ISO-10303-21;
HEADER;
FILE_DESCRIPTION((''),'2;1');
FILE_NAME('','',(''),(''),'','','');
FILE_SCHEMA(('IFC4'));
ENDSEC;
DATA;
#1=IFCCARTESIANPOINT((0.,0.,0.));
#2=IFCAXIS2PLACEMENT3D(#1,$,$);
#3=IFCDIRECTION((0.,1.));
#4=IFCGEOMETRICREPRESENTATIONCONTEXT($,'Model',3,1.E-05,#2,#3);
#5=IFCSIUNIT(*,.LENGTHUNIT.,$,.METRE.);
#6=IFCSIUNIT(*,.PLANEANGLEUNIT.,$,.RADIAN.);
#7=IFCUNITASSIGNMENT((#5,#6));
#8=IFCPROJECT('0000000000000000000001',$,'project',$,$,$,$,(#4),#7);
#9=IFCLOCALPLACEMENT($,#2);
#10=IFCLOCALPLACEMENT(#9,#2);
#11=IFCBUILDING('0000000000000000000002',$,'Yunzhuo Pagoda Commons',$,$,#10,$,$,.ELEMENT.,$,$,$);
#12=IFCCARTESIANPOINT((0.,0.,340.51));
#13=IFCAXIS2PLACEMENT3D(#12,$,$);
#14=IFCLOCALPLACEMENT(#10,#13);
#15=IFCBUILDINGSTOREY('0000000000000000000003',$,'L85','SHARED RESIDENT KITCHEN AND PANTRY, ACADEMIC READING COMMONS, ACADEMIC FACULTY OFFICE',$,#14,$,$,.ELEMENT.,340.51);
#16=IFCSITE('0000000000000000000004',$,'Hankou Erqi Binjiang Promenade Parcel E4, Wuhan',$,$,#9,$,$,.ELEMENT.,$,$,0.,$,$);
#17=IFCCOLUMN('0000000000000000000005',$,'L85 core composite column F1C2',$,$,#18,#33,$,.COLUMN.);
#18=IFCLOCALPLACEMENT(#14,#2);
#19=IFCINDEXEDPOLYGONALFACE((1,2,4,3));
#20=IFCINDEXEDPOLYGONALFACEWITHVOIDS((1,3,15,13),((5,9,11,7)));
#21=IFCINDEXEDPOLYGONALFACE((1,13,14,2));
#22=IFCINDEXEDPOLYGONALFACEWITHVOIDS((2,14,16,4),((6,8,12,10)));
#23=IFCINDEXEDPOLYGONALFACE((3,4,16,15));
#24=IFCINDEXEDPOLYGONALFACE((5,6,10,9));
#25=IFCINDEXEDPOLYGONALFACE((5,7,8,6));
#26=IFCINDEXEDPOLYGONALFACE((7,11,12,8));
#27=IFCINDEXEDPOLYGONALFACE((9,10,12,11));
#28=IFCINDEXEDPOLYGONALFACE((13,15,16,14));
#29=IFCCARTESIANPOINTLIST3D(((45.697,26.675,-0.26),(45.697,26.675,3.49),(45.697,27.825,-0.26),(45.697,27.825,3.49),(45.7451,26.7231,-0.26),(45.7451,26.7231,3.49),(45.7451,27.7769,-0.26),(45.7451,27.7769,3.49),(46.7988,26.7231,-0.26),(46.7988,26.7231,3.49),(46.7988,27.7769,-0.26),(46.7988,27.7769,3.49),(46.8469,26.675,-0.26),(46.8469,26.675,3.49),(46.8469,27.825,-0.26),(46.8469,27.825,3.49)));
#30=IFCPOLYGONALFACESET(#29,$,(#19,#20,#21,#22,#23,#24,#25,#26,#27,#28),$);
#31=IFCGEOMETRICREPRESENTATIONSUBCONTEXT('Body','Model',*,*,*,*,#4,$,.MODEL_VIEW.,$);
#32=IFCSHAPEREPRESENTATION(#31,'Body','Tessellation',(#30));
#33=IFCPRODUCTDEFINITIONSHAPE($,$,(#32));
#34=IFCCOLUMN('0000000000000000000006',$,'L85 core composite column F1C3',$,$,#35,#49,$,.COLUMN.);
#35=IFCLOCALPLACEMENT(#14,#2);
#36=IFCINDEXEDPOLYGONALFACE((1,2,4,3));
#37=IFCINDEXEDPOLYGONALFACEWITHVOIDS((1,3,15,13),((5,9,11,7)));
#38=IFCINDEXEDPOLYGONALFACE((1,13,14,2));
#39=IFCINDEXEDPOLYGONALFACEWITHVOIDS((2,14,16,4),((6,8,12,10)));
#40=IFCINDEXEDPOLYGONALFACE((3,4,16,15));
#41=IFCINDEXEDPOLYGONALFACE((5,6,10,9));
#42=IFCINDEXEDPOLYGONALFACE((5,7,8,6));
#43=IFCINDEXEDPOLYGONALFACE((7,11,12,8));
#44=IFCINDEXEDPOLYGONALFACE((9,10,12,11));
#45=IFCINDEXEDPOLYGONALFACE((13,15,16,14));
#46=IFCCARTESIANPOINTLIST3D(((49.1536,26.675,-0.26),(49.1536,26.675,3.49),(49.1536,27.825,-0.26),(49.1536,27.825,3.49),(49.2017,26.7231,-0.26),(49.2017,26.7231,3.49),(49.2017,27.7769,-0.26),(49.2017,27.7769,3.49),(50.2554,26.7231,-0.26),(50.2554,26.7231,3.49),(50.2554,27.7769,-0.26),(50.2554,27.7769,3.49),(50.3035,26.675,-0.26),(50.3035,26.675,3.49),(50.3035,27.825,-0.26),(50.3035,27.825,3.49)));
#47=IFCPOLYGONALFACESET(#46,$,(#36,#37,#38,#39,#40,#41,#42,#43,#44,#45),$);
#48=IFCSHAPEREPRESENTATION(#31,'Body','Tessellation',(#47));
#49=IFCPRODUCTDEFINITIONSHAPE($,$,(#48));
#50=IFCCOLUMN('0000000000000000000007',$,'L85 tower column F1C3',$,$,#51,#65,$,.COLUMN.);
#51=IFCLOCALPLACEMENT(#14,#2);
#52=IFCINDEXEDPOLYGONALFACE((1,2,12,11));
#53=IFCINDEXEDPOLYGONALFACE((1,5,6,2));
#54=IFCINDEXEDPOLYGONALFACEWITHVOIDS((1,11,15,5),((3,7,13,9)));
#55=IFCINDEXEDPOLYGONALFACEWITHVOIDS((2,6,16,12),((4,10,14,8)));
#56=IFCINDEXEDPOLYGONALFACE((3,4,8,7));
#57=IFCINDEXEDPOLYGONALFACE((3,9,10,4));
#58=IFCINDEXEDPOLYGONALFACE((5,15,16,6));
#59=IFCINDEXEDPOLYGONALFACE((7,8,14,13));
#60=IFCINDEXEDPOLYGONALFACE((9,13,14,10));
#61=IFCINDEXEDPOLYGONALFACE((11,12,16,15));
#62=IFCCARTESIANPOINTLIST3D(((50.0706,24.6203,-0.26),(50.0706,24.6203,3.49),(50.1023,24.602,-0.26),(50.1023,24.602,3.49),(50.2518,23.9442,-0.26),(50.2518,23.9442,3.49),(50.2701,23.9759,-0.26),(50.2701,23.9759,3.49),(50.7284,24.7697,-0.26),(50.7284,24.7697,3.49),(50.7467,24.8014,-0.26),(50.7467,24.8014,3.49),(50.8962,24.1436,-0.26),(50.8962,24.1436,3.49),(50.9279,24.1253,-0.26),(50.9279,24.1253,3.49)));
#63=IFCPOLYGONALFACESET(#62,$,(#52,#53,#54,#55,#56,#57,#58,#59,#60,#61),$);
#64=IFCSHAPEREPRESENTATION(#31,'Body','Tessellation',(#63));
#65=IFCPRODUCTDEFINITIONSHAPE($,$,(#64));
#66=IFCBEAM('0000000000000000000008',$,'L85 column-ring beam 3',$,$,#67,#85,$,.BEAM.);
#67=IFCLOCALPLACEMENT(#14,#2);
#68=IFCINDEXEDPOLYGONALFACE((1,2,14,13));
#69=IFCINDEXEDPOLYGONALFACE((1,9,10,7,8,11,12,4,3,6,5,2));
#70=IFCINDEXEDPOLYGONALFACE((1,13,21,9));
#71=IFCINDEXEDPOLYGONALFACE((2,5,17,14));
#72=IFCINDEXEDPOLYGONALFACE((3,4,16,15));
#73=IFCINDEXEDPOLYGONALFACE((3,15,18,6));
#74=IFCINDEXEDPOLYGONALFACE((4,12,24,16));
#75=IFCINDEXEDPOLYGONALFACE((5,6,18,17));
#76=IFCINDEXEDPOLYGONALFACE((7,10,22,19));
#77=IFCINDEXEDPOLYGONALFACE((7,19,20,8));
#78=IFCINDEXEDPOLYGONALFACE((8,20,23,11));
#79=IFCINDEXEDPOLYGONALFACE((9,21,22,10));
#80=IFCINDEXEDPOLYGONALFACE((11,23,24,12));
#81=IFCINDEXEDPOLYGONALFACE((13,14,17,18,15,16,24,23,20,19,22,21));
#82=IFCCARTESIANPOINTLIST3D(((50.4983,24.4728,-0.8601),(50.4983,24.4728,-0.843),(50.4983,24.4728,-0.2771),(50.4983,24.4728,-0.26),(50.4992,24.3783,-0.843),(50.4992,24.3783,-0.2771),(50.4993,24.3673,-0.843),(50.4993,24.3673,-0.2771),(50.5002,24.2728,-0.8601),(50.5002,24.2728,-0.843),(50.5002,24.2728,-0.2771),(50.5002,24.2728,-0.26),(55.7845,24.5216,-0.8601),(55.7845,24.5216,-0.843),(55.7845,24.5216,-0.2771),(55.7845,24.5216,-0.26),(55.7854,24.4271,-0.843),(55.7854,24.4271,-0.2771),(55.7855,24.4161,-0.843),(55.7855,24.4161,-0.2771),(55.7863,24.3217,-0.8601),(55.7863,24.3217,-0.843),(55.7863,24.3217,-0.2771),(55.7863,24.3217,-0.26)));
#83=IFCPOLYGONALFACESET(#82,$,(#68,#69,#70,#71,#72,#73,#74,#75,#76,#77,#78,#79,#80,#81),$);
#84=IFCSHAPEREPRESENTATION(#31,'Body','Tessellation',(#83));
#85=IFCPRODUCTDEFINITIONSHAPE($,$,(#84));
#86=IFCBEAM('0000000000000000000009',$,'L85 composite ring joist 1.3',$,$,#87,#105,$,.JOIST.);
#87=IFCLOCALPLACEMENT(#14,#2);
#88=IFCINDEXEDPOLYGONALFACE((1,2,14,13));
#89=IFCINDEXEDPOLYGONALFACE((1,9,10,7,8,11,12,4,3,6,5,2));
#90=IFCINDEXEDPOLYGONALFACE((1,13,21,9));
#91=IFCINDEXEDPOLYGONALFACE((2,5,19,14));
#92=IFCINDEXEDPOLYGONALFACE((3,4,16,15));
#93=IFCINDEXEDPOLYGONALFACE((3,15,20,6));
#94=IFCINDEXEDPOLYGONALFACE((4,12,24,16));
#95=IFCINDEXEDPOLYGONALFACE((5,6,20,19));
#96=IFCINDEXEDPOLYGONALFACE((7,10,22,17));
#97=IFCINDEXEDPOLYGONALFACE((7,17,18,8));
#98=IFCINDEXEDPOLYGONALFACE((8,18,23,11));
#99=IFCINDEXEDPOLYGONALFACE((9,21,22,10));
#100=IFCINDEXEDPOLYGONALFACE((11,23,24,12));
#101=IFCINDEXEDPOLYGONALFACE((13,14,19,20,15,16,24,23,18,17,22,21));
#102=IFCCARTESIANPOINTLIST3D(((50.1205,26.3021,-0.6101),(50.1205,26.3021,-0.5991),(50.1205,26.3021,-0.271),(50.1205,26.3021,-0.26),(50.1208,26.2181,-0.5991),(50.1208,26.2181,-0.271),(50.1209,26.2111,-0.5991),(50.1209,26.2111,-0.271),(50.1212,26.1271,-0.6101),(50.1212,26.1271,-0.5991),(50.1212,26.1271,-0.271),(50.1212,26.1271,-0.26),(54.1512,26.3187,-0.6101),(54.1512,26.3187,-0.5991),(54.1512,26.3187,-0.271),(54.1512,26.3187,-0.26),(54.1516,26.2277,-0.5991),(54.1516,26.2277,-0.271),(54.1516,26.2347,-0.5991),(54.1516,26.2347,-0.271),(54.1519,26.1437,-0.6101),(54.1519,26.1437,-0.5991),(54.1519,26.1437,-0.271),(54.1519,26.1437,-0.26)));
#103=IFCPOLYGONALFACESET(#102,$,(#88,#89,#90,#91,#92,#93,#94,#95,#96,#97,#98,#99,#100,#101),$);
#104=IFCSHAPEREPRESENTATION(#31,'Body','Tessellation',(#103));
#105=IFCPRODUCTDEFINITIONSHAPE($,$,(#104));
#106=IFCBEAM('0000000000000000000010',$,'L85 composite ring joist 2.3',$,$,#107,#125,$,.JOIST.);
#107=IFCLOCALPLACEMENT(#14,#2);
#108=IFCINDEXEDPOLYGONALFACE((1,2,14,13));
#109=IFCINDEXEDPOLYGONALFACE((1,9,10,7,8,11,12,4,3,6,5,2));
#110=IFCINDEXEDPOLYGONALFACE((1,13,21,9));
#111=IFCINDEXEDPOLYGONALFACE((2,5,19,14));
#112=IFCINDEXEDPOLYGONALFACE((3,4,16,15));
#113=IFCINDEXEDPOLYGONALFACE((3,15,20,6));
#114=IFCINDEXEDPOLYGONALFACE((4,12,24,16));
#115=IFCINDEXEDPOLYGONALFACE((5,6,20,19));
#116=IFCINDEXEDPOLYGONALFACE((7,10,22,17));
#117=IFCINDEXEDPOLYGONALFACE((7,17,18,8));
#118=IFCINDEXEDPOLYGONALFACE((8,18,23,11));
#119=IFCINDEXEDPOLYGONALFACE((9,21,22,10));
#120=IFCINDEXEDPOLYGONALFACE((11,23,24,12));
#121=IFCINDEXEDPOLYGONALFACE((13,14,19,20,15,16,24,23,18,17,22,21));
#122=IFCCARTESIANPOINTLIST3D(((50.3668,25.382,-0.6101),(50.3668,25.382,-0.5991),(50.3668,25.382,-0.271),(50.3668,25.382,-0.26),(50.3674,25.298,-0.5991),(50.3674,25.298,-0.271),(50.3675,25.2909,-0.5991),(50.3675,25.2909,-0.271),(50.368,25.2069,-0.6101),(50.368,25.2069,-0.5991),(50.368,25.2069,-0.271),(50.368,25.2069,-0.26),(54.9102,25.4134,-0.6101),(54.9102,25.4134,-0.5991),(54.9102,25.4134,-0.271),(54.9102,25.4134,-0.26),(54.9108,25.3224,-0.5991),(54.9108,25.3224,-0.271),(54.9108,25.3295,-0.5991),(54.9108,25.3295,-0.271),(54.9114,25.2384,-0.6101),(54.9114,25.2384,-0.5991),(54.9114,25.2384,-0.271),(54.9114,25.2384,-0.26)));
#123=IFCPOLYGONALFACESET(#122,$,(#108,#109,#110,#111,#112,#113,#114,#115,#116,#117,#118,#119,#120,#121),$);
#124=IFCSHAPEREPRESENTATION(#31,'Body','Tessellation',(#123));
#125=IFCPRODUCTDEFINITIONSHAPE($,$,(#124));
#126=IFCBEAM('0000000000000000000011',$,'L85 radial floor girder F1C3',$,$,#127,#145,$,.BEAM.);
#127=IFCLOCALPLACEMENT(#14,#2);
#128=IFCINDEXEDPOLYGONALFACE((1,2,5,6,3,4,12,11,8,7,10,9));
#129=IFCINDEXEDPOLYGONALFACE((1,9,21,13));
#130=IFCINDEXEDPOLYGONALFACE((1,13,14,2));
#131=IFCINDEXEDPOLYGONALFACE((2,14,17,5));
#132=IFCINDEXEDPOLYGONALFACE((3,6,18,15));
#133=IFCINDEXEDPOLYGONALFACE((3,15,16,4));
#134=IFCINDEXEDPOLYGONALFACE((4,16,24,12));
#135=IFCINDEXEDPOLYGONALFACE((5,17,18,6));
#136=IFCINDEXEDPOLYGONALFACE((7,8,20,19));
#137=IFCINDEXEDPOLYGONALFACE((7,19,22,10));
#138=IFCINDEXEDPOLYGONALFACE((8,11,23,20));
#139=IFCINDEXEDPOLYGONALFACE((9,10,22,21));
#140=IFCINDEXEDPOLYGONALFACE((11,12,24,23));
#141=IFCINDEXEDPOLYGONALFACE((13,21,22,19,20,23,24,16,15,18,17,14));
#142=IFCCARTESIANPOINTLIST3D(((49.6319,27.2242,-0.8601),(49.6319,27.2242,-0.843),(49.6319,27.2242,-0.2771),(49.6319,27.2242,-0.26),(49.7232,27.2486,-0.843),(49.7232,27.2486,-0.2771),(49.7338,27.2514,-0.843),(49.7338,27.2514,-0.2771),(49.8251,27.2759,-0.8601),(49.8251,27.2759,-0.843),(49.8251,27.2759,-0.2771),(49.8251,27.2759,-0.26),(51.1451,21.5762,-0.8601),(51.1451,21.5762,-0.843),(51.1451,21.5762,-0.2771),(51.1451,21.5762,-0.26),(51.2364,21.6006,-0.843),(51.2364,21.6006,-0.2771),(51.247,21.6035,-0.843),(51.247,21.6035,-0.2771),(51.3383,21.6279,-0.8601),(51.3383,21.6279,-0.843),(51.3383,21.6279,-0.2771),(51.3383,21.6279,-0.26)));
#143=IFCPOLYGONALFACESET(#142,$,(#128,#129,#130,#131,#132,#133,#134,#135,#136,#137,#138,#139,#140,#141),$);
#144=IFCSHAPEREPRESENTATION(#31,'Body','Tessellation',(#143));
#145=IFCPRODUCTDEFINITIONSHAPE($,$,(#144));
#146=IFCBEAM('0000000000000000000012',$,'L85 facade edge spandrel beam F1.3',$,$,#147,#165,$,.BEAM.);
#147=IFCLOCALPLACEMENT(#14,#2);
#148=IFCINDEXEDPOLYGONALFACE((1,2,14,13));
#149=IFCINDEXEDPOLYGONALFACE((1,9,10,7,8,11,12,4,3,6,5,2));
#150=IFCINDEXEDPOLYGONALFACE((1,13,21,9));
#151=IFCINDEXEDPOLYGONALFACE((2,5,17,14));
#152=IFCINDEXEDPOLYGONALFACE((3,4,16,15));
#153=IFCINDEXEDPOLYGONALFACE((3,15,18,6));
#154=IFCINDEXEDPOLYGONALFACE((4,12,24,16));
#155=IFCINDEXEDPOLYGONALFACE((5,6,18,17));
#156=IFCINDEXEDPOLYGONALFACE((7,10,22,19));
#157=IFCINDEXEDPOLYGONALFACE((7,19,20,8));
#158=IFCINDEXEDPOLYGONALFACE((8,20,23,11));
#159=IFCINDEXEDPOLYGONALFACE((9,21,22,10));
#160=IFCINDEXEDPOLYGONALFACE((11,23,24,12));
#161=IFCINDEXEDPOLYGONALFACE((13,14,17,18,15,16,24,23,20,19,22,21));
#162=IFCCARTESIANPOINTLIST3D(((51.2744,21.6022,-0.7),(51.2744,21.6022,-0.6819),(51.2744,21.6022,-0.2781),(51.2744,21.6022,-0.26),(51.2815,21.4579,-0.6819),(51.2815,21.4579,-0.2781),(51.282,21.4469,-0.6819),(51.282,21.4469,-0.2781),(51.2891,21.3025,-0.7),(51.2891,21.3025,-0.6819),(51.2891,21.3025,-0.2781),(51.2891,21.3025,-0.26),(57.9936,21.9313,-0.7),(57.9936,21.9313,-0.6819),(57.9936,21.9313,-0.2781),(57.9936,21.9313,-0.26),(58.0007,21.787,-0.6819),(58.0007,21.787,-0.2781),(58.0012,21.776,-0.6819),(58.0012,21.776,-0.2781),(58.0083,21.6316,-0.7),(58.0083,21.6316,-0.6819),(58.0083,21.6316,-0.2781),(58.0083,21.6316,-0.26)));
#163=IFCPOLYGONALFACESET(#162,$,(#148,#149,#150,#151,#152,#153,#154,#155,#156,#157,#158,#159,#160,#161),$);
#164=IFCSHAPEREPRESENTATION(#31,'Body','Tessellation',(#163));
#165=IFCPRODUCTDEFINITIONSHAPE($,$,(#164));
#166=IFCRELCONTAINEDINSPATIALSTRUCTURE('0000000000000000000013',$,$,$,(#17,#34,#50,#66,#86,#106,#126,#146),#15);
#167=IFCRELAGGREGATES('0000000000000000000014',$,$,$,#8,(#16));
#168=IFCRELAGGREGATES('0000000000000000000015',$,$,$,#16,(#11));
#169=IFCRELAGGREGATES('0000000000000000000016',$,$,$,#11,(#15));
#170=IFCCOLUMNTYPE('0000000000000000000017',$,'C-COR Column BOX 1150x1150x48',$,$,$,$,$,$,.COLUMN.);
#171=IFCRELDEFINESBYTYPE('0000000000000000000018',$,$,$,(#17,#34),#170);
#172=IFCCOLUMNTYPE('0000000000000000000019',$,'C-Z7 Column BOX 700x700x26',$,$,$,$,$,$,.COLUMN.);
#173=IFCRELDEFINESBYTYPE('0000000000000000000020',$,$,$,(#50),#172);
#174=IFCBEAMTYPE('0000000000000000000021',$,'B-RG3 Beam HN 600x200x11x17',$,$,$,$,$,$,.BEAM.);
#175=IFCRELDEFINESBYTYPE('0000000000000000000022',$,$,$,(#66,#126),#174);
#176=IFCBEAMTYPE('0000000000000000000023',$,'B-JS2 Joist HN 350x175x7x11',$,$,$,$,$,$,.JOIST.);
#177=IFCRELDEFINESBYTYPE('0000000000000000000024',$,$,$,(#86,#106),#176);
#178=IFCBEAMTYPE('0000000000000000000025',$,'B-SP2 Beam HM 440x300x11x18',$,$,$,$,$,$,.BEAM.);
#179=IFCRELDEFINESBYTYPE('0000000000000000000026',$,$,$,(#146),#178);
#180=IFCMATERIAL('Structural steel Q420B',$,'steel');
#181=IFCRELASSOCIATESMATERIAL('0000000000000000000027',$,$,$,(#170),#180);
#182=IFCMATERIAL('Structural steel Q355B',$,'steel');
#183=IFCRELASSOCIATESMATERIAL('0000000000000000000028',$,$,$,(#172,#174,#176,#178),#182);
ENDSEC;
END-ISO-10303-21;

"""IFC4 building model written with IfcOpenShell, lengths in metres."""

from ifc_helpers import new_model, si_unit, direction, frame, origin, origin_2d, place, context, subcontext, project, spatial, hollow_rectangle, i_section, extrude, source, transform, mapped, material, material_profile, profile_set, type_object, element, save


model = new_model("IFC4")

# Units and contexts
model_context = context("Model", 3, precision=1e-05, world=origin(), true_north=direction((0.0, 1.0)))
body_context = subcontext(model_context, "Body", "Model", "MODEL_VIEW")
ifc_project = project(units=[si_unit("LENGTHUNIT", "METRE"), si_unit("PLANEANGLEUNIT", "RADIAN")], contexts=[model_context])

# Site, building, storey
site_placement = place(None, origin())
site = spatial("IfcSite", under=ifc_project, at=site_placement, Name="Hankou Erqi Binjiang Promenade Parcel E4, Wuhan", CompositionType="ELEMENT", RefElevation=0.0)
building_placement = place(site_placement, origin())
building = spatial("IfcBuilding", under=site, at=building_placement, Name="Yunzhuo Pagoda Commons", CompositionType="ELEMENT")
storey_placement = place(building_placement, frame((0.0, 0.0, 340.51)))
storey = spatial("IfcBuildingStorey", under=building, at=storey_placement, Name="L85", Description="SHARED RESIDENT KITCHEN AND PANTRY, ACADEMIC READING COMMONS, ACADEMIC FACULTY OFFICE", CompositionType="ELEMENT", Elevation=340.51)

# Columns
ifc_material_1 = material(Name="Structural steel Q420B", Category="steel")
ifc_material_profile_1 = material_profile(ifc_material_1, hollow_rectangle(XDim=1.1499, YDim=1.1499, WallThickness=0.0481, at=origin_2d()), Name="Structural steel Q420B")
ifc_profile_set_1 = profile_set([ifc_material_profile_1], Name="Structural steel Q420B")
column_type_1 = type_object("IfcColumnType", Name="C-COR Column BOX 1150x1150x48", PredefinedType="COLUMN", material=ifc_profile_set_1)
shared_shape_1 = source(origin(), body_context, "Body", "SweptSolid", [
    extrude(hollow_rectangle(XDim=1.1499, YDim=1.1499, WallThickness=0.0481, at=origin_2d()), origin(), (0.0, 0.0, 1.0), 3.75),
])
for number, where, z_axis, x_axis, name in (
    (1, (46.272, 27.25, -0.26), (0.0, 0.0, 1.0), (1.0, 0.0, 0.0), "L85 core composite column F1C2"),
    (2, (49.7285, 27.25, -0.26), (0.0, 0.0, 1.0), (1.0, 0.0, 0.0), "L85 core composite column F1C3"),
):
    element("IfcColumn", number, at=place(storey_placement, frame(where, z_axis=z_axis, x_axis=x_axis)), inside=storey, type_object=column_type_1, Name=name, PredefinedType="COLUMN", context=body_context, shape_type="MappedRepresentation", body=[
        mapped(shared_shape_1, transform((0.0, 0.0, 0.0), scale=1.0)),
    ])
ifc_material_2 = material(Name="Structural steel Q355B", Category="steel")
ifc_material_profile_2 = material_profile(ifc_material_2, hollow_rectangle(XDim=0.7, YDim=0.7, WallThickness=0.0259, at=origin_2d()), Name="Structural steel Q355B")
ifc_profile_set_2 = profile_set([ifc_material_profile_2], Name="Structural steel Q355B")
column_type_2 = type_object("IfcColumnType", Name="C-Z7 Column BOX 700x700x26", PredefinedType="COLUMN", material=ifc_profile_set_2)
shared_shape_2 = source(origin(), body_context, "Body", "SweptSolid", [
    extrude(hollow_rectangle(XDim=0.7, YDim=0.7, WallThickness=0.0259, at=origin_2d()), origin(), (0.0, 0.0, 1.0), 3.75),
])
column_placement = place(storey_placement, frame((50.4993, 24.3728, -0.26), z_axis=(0.0, 0.0, 1.0), x_axis=(0.965926, 0.258819, 0.0)))
element("IfcColumn", 3, at=column_placement, inside=storey, type_object=column_type_2, Name="L85 tower column F1C3", PredefinedType="COLUMN", context=body_context, shape_type="MappedRepresentation", body=[
    mapped(shared_shape_2, transform((0.0, 0.0, 0.0), scale=1.0)),
])

# Beams
ifc_material_profile_3 = material_profile(ifc_material_2, i_section(OverallWidth=0.2, OverallDepth=0.6001, WebThickness=0.011, FlangeThickness=0.0171, at=origin_2d()), Name="Structural steel Q355B")
ifc_profile_set_3 = profile_set([ifc_material_profile_3], Name="Structural steel Q355B")
beam_type_1 = type_object("IfcBeamType", Name="B-RG3 Beam HN 600x200x11x17", PredefinedType="BEAM", material=ifc_profile_set_3)
shared_shape_3 = source(origin(), body_context, "Body", "SweptSolid", [
    extrude(i_section(OverallWidth=0.2, OverallDepth=0.6001, WebThickness=0.011, FlangeThickness=0.0171, at=origin_2d()), origin(), (0.0, 0.0, 1.0), 5.2864),
])
beam_1_placement = place(storey_placement, frame((50.4993, 24.3728, -0.5601), z_axis=(0.999957, 0.009237, 0.0), x_axis=(-0.009237, 0.999957, 0.0)))
element("IfcBeam", 4, at=beam_1_placement, inside=storey, type_object=beam_type_1, Name="L85 column-ring beam 3", PredefinedType="BEAM", context=body_context, shape_type="MappedRepresentation", body=[
    mapped(shared_shape_3, transform((0.0, 0.0, 0.0), scale=1.0)),
])
ifc_material_profile_4 = material_profile(ifc_material_2, i_section(OverallWidth=0.175, OverallDepth=0.3501, WebThickness=0.0071, FlangeThickness=0.011, at=origin_2d()), Name="Structural steel Q355B")
ifc_profile_set_4 = profile_set([ifc_material_profile_4], Name="Structural steel Q355B")
beam_type_2 = type_object("IfcBeamType", Name="B-JS2 Joist HN 350x175x7x11", PredefinedType="JOIST", material=ifc_profile_set_4)
shared_shape_4 = source(origin(), body_context, "Body", "SweptSolid", [
    extrude(i_section(OverallWidth=0.175, OverallDepth=0.3501, WebThickness=0.0071, FlangeThickness=0.011, at=origin_2d()), origin(), (0.0, 0.0, 1.0), 4.0308),
])
beam_2_placement = place(storey_placement, frame((50.1208, 26.2146, -0.4351), z_axis=(0.999992, 0.004119, 0.0), x_axis=(-0.004119, 0.999992, 0.0)))
element("IfcBeam", 5, at=beam_2_placement, inside=storey, type_object=beam_type_2, Name="L85 composite ring joist 1.3", PredefinedType="JOIST", context=body_context, shape_type="MappedRepresentation", body=[
    mapped(shared_shape_4, transform((0.0, 0.0, 0.0), scale=1.0)),
])
shared_shape_5 = source(origin(), body_context, "Body", "SweptSolid", [
    extrude(i_section(OverallWidth=0.175, OverallDepth=0.3501, WebThickness=0.0071, FlangeThickness=0.011, at=origin_2d()), origin(), (0.0, 0.0, 1.0), 4.5435),
])
beam_3_placement = place(storey_placement, frame((50.3674, 25.2944, -0.4351), z_axis=(0.999976, 0.006932, 0.0), x_axis=(-0.006932, 0.999976, 0.0)))
element("IfcBeam", 6, at=beam_3_placement, inside=storey, type_object=beam_type_2, Name="L85 composite ring joist 2.3", PredefinedType="JOIST", context=body_context, shape_type="MappedRepresentation", body=[
    mapped(shared_shape_5, transform((0.0, 0.0, 0.0), scale=1.0)),
])
shared_shape_6 = source(origin(), body_context, "Body", "SweptSolid", [
    extrude(i_section(OverallWidth=0.2, OverallDepth=0.6001, WebThickness=0.011, FlangeThickness=0.0171, at=origin_2d()), origin(), (0.0, 0.0, 1.0), 5.8472),
])
beam_4_placement = place(storey_placement, frame((51.2417, 21.6021, -0.5601), z_axis=(-0.25879, 0.965934, 0.0), x_axis=(-0.965934, -0.25879, 0.0)))
element("IfcBeam", 7, at=beam_4_placement, inside=storey, type_object=beam_type_1, Name="L85 radial floor girder F1C3", PredefinedType="BEAM", context=body_context, shape_type="MappedRepresentation", body=[
    mapped(shared_shape_6, transform((0.0, 0.0, 0.0), scale=1.0)),
])
ifc_material_profile_5 = material_profile(ifc_material_2, i_section(OverallWidth=0.3, OverallDepth=0.4399, WebThickness=0.011, FlangeThickness=0.0181, at=origin_2d()), Name="Structural steel Q355B")
ifc_profile_set_5 = profile_set([ifc_material_profile_5], Name="Structural steel Q355B")
beam_type_3 = type_object("IfcBeamType", Name="B-SP2 Beam HM 440x300x11x18", PredefinedType="BEAM", material=ifc_profile_set_5)
shared_shape_7 = source(origin(), body_context, "Body", "SweptSolid", [
    extrude(i_section(OverallWidth=0.3, OverallDepth=0.4399, WebThickness=0.011, FlangeThickness=0.0181, at=origin_2d()), origin(), (0.0, 0.0, 1.0), 6.7273),
])
beam_5_placement = place(storey_placement, frame((51.2817, 21.4524, -0.48), z_axis=(0.998803, 0.04892, 0.0), x_axis=(-0.04892, 0.998803, 0.0)))
element("IfcBeam", 8, at=beam_5_placement, inside=storey, type_object=beam_type_3, Name="L85 facade edge spandrel beam F1.3", PredefinedType="BEAM", context=body_context, shape_type="MappedRepresentation", body=[
    mapped(shared_shape_7, transform((0.0, 0.0, 0.0), scale=1.0)),
])

save(model, "model.ifc")
